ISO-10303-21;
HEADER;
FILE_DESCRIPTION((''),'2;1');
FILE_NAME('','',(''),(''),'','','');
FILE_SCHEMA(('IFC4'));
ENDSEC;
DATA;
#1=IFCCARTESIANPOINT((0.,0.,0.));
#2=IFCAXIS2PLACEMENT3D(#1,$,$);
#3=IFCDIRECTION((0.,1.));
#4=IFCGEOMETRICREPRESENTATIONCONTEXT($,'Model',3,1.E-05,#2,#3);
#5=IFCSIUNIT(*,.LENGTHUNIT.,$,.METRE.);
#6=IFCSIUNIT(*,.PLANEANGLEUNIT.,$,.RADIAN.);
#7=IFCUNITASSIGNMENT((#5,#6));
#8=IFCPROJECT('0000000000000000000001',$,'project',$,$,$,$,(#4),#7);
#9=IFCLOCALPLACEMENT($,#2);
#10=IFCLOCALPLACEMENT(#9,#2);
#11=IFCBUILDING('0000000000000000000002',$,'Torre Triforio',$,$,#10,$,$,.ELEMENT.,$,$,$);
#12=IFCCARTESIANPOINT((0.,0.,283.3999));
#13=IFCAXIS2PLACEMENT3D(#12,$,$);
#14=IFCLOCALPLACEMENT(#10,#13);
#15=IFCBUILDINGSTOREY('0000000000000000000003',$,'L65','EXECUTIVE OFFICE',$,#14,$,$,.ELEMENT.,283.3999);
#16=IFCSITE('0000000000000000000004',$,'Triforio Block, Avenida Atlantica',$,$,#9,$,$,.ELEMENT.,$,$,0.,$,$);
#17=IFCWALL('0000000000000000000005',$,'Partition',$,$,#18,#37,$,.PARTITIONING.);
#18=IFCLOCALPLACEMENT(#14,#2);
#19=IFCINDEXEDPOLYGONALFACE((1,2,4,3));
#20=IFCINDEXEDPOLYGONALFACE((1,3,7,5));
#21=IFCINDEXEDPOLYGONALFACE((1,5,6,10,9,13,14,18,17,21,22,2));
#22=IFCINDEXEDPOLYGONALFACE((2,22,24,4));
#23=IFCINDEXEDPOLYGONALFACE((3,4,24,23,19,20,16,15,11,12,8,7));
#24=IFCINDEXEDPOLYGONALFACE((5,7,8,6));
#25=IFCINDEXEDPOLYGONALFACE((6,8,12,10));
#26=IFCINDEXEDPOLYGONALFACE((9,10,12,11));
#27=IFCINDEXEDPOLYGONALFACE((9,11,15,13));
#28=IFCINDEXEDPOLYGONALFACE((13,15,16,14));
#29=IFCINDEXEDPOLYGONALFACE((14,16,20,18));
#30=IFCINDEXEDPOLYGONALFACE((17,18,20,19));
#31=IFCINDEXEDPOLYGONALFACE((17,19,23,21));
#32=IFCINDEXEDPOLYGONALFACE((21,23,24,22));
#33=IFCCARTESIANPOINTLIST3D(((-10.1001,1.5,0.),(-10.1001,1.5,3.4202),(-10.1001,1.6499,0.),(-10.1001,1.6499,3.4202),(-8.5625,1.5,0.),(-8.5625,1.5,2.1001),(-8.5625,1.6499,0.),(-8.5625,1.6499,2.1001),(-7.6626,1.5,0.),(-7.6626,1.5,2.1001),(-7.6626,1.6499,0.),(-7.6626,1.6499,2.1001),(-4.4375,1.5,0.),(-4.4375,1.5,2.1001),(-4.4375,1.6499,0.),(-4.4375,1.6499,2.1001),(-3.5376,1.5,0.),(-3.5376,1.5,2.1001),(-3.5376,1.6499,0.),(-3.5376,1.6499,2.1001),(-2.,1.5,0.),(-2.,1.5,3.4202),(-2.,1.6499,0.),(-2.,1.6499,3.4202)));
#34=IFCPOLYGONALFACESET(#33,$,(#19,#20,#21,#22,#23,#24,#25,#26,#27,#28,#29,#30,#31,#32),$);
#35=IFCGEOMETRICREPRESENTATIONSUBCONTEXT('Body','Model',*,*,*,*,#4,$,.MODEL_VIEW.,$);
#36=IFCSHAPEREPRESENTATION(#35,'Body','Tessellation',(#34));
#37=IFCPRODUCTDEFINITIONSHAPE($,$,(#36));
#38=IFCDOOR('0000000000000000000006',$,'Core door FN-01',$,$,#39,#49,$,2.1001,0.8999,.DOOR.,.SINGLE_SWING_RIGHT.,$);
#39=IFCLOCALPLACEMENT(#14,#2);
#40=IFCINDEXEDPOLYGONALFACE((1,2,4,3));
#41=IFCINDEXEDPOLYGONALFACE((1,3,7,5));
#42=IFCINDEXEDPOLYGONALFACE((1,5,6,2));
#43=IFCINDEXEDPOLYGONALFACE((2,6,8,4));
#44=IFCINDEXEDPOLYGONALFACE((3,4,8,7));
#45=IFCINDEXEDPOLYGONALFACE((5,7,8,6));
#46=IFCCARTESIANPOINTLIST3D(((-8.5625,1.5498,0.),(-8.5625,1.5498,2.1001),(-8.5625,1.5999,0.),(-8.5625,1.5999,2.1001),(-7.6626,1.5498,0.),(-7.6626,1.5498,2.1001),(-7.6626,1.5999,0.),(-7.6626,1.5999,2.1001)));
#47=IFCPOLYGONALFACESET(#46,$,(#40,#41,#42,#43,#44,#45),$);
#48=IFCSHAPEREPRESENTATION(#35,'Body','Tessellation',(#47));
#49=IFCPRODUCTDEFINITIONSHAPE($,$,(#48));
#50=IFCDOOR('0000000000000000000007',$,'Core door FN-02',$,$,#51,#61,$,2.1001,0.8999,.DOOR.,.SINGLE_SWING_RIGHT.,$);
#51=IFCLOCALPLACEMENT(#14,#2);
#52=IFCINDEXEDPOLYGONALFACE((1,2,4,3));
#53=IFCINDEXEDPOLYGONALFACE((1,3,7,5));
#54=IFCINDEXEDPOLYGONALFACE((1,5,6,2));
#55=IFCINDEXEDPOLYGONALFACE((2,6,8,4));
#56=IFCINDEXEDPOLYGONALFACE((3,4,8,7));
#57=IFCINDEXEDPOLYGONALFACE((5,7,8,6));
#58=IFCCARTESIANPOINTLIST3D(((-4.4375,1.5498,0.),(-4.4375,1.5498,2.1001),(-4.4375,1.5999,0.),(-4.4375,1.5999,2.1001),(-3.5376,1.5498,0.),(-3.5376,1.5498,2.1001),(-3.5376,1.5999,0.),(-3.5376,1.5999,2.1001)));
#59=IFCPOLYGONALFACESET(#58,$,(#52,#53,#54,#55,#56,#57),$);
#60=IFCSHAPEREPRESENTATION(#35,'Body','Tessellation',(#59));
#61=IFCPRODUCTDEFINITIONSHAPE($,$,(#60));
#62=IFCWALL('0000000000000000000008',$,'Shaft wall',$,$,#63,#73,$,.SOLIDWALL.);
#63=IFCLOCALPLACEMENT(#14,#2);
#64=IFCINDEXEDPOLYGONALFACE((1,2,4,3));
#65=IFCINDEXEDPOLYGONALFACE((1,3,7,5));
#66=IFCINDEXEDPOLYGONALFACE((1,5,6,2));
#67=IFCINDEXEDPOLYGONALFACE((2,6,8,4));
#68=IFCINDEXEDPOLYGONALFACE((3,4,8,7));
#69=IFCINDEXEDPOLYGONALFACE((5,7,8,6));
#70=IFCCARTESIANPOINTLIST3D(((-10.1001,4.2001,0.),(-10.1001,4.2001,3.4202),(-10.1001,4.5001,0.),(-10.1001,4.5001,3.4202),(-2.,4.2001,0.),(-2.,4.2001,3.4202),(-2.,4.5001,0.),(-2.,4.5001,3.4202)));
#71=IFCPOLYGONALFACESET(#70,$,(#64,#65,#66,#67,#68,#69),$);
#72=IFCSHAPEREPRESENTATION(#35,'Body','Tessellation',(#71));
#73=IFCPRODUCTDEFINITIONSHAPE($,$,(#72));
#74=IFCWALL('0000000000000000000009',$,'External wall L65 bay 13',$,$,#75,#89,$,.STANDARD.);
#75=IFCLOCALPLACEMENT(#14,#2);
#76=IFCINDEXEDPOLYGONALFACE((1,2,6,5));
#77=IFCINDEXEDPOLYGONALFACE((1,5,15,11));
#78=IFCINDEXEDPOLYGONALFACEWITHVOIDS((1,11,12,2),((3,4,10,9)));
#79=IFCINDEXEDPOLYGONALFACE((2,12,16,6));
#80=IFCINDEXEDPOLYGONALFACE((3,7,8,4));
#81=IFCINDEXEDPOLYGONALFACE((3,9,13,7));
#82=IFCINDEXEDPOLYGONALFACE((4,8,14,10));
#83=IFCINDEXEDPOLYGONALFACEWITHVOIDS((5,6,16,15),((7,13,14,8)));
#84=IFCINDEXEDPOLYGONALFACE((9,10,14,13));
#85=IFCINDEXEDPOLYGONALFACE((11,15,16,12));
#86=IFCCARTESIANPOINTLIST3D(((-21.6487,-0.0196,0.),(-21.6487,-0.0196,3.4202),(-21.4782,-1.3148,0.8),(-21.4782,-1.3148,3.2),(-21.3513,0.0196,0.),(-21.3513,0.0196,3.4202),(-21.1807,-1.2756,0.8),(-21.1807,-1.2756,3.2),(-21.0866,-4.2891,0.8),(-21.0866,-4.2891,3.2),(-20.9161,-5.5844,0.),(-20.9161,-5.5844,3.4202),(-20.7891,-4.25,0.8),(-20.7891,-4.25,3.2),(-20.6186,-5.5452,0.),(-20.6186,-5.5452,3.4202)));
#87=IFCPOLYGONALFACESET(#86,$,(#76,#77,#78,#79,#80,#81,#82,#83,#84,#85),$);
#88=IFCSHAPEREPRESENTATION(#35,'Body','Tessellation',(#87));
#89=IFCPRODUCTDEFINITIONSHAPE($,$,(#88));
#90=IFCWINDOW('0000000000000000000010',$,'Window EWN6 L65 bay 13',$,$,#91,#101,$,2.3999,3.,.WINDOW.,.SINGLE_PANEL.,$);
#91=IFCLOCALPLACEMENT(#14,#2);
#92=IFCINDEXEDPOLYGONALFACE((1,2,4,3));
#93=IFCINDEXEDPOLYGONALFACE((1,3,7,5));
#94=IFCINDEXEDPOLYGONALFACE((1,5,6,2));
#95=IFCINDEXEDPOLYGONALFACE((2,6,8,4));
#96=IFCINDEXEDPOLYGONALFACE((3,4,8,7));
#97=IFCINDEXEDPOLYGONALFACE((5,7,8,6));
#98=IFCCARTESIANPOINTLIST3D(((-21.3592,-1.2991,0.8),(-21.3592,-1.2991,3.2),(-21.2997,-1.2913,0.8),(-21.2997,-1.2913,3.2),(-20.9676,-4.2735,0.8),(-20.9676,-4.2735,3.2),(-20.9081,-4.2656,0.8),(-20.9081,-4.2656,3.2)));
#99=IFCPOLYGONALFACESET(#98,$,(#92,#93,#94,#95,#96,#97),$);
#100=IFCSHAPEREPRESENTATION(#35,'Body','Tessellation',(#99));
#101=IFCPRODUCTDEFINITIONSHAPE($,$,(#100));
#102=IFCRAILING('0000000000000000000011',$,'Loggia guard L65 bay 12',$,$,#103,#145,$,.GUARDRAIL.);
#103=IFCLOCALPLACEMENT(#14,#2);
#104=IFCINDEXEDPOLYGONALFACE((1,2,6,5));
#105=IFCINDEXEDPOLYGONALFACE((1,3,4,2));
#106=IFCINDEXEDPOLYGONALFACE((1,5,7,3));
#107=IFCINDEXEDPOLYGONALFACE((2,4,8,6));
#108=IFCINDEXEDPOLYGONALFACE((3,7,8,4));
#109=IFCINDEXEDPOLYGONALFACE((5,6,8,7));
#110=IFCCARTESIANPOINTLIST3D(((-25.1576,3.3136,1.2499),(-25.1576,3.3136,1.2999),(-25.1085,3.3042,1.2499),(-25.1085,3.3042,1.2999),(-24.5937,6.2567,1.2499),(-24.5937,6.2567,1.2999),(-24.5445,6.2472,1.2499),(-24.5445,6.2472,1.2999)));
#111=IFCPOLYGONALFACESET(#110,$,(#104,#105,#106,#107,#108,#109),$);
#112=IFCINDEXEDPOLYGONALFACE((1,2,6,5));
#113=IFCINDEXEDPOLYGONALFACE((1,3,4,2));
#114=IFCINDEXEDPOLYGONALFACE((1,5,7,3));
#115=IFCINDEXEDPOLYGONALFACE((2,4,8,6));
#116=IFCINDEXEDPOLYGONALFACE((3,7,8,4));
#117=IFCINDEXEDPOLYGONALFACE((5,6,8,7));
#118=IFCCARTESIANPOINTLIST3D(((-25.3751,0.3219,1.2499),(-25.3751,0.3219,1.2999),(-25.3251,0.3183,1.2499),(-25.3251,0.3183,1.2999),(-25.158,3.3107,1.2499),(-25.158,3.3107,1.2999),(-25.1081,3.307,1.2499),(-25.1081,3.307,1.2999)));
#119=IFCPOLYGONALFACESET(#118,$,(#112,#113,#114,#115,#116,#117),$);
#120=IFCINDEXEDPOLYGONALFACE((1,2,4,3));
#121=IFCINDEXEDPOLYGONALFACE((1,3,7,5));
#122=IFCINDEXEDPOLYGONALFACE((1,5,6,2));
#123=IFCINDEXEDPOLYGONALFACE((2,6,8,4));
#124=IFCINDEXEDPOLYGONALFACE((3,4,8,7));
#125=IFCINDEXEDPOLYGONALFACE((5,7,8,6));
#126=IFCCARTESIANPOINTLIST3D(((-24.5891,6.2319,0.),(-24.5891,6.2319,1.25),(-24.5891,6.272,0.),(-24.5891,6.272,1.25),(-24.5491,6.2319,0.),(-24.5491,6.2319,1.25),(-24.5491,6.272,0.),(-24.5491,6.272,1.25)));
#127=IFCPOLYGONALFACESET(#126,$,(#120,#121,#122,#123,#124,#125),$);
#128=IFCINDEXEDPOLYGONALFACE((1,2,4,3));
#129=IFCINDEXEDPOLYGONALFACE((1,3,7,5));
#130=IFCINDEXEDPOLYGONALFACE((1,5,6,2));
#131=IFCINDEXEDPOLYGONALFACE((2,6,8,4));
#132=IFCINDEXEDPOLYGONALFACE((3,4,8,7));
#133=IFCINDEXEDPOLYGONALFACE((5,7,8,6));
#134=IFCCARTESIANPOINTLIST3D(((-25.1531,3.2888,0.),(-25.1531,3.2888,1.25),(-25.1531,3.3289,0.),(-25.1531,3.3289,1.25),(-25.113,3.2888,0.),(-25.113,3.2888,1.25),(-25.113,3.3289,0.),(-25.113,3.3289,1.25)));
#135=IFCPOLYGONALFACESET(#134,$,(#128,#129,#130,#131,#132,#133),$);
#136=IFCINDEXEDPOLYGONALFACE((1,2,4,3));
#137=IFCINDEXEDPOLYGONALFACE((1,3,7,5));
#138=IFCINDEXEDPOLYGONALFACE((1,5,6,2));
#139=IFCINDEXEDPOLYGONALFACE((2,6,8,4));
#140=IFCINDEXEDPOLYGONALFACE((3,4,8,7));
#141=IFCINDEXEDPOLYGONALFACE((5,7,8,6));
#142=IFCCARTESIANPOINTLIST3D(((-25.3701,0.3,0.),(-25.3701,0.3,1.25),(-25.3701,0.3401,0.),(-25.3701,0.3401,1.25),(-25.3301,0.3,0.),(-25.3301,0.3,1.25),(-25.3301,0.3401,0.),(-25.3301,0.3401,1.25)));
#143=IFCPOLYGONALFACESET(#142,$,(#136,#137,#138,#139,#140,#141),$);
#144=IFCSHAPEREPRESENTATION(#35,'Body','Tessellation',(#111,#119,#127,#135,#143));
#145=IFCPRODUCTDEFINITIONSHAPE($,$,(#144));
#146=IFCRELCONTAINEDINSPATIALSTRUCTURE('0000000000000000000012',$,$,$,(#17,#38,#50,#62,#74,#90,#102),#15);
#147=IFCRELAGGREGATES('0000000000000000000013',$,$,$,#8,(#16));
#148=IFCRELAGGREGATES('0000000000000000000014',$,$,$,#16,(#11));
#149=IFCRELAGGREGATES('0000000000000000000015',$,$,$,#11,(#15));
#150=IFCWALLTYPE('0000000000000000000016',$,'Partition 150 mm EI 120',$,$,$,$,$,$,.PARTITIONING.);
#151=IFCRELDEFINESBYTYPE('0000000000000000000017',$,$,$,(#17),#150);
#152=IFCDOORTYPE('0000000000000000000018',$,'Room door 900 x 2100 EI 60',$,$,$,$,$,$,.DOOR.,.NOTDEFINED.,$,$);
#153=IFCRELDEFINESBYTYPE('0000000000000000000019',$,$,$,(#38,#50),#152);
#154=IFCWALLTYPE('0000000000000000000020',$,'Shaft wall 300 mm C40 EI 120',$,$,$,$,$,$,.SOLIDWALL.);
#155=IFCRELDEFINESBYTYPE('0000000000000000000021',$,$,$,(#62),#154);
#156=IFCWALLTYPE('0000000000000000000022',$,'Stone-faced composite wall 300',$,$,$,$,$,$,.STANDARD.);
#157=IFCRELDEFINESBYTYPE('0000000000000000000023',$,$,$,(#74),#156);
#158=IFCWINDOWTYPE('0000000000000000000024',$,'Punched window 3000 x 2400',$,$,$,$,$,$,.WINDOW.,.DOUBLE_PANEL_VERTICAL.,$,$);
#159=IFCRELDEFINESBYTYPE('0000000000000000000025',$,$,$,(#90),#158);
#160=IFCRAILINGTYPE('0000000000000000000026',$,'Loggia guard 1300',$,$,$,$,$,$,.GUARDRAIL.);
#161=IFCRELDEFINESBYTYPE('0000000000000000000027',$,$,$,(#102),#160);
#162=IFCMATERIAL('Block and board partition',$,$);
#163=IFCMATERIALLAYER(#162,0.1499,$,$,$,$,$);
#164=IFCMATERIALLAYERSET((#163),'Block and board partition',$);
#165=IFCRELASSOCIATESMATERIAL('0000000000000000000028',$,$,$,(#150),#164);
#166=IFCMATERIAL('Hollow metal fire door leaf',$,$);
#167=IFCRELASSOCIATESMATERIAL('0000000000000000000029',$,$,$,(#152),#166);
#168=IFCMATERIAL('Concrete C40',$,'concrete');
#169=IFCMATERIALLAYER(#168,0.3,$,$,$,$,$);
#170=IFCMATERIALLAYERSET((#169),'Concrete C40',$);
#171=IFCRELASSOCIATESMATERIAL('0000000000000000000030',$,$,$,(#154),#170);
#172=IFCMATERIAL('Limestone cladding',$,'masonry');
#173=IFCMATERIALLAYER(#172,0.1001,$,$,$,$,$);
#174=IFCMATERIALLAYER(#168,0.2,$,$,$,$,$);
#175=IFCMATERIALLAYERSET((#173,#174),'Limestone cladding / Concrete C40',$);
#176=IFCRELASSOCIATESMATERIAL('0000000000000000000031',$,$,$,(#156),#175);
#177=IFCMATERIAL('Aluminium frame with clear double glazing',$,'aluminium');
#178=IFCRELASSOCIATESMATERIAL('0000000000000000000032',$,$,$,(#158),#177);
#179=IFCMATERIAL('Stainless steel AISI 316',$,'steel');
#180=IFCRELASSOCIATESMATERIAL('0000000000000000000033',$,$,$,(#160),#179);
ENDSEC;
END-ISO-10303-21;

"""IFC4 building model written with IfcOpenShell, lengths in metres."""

from ifc_helpers import new_model, si_unit, direction, frame, frame_2d, origin, origin_2d, place, context, subcontext, project, spatial, rectangle, extrude, material, layer, layer_set, type_object, element, fill, save


model = new_model("IFC4")

# Units and contexts
model_context = context("Model", 3, precision=1e-05, world=origin(), true_north=direction((0.0, 1.0)))
body_context = subcontext(model_context, "Body", "Model", "MODEL_VIEW")
ifc_project = project(units=[si_unit("LENGTHUNIT", "METRE"), si_unit("PLANEANGLEUNIT", "RADIAN")], contexts=[model_context])

# Site, building, storey
site_placement = place(None, origin())
site = spatial("IfcSite", under=ifc_project, at=site_placement, Name="Triforio Block, Avenida Atlantica", CompositionType="ELEMENT", RefElevation=0.0)
building_placement = place(site_placement, origin())
building = spatial("IfcBuilding", under=site, at=building_placement, Name="Torre Triforio", CompositionType="ELEMENT")
storey_placement = place(building_placement, frame((0.0, 0.0, 283.3999)))
storey = spatial("IfcBuildingStorey", under=building, at=storey_placement, Name="L65", Description="EXECUTIVE OFFICE", CompositionType="ELEMENT", Elevation=283.3999)

# Shared definitions
ifc_material_1 = material(Name="Concrete C40", Category="concrete")

# Shared definitions
ifc_material_2 = material(Name="Hollow metal fire door leaf")

# Wall, openings, doors
ifc_material_3 = material(Name="Block and board partition")
ifc_layer_1 = layer(ifc_material_3, 0.1499)
ifc_layer_set_1 = layer_set([ifc_layer_1], Name="Block and board partition")
wall_type_1 = type_object("IfcWallType", Name="Partition 150 mm EI 120", PredefinedType="PARTITIONING", material=ifc_layer_set_1)
wall_1_placement = place(storey_placement, frame((-10.1001, 1.575, 0.0), z_axis=(0.0, 0.0, 1.0), x_axis=(1.0, 0.0, 0.0)))
wall_1 = element("IfcWall", 1, at=wall_1_placement, inside=storey, type_object=wall_type_1, Name="Partition", PredefinedType="PARTITIONING", context=body_context, shape_type="SweptSolid", body=[
    extrude(rectangle(XDim=8.1001, YDim=0.1499, at=frame_2d((4.05, 0.0))), origin(), (0.0, 0.0, 1.0), 3.4202),
])
opening_1_placement = place(wall_1_placement, frame((1.5376, 0.0, 0.0)))
opening_1 = element("IfcOpeningElement", 2, at=opening_1_placement, cuts=wall_1, PredefinedType="OPENING", context=body_context, shape_type="SweptSolid", body=[
    extrude(rectangle(XDim=0.8999, YDim=2.1001, at=frame_2d((0.45, 1.05))), frame((0.0, 0.085, 0.0), z_axis=(0.0, -1.0, 0.0), x_axis=(1.0, 0.0, 0.0)), (0.0, 0.0, 1.0), 0.1699),
])
opening_2_placement = place(wall_1_placement, frame((5.6626, 0.0, 0.0)))
opening_2 = element("IfcOpeningElement", 3, at=opening_2_placement, cuts=wall_1, PredefinedType="OPENING", context=body_context, shape_type="SweptSolid", body=[
    extrude(rectangle(XDim=0.8999, YDim=2.1001, at=frame_2d((0.45, 1.05))), frame((0.0, 0.085, 0.0), z_axis=(0.0, -1.0, 0.0), x_axis=(1.0, 0.0, 0.0)), (0.0, 0.0, 1.0), 0.1699),
])
door_type_1 = type_object("IfcDoorType", Name="Room door 900 x 2100 EI 60", OperationType="NOTDEFINED", PredefinedType="DOOR", material=ifc_material_2)
door_1_placement = place(opening_1_placement, origin())
door_1 = element("IfcDoor", 4, at=door_1_placement, inside=storey, type_object=door_type_1, Name="Core door FN-01", OperationType="SINGLE_SWING_RIGHT", OverallHeight=2.1001, OverallWidth=0.8999, PredefinedType="DOOR", context=body_context, shape_type="SweptSolid", body=[
    extrude(rectangle(XDim=0.8999, YDim=2.1001, at=frame_2d((0.45, 1.05))), frame((0.0, 0.0249, 0.0), z_axis=(0.0, -1.0, 0.0), x_axis=(1.0, 0.0, 0.0)), (0.0, 0.0, 1.0), 0.05),
])
fill(opening_1, door_1)
door_2_placement = place(opening_2_placement, origin())
door_2 = element("IfcDoor", 5, at=door_2_placement, inside=storey, type_object=door_type_1, Name="Core door FN-02", OperationType="SINGLE_SWING_RIGHT", OverallHeight=2.1001, OverallWidth=0.8999, PredefinedType="DOOR", context=body_context, shape_type="SweptSolid", body=[
    extrude(rectangle(XDim=0.8999, YDim=2.1001, at=frame_2d((0.45, 1.05))), frame((0.0, 0.0249, 0.0), z_axis=(0.0, -1.0, 0.0), x_axis=(1.0, 0.0, 0.0)), (0.0, 0.0, 1.0), 0.05),
])
fill(opening_2, door_2)

# Wall
ifc_layer_2 = layer(ifc_material_1, 0.3)
ifc_layer_set_2 = layer_set([ifc_layer_2], Name="Concrete C40")
wall_type_2 = type_object("IfcWallType", Name="Shaft wall 300 mm C40 EI 120", PredefinedType="SOLIDWALL", material=ifc_layer_set_2)
wall_2_placement = place(storey_placement, frame((-10.1001, 4.3501, 0.0), z_axis=(0.0, 0.0, 1.0), x_axis=(1.0, 0.0, 0.0)))
element("IfcWall", 6, at=wall_2_placement, inside=storey, type_object=wall_type_2, Name="Shaft wall", PredefinedType="SOLIDWALL", context=body_context, shape_type="SweptSolid", body=[
    extrude(rectangle(XDim=8.1001, YDim=0.3, at=frame_2d((4.05, 0.0))), origin(), (0.0, 0.0, 1.0), 3.4202),
])

# Shared definitions
ifc_material_4 = material(Name="Limestone cladding", Category="masonry")
ifc_layer_3 = layer(ifc_material_4, 0.1001)
ifc_layer_4 = layer(ifc_material_1, 0.2)
ifc_layer_set_3 = layer_set([ifc_layer_3, ifc_layer_4], Name="Limestone cladding / Concrete C40")
wall_type_3 = type_object("IfcWallType", Name="Stone-faced composite wall 300", PredefinedType="STANDARD", material=ifc_layer_set_3)
ifc_material_5 = material(Name="Aluminium frame with clear double glazing", Category="aluminium")

# Wall, opening, window
wall_3_placement = place(storey_placement, frame((-21.5, 0.0, 0.0), z_axis=(0.0, 0.0, 1.0), x_axis=(0.130537, -0.991443, 0.0)))
wall_3 = element("IfcWall", 7, at=wall_3_placement, inside=storey, type_object=wall_type_3, Name="External wall L65 bay 13", PredefinedType="STANDARD", context=body_context, shape_type="SweptSolid", body=[
    extrude(rectangle(XDim=5.6128, YDim=0.3, at=frame_2d((2.8064, 0.0))), origin(), (0.0, 0.0, 1.0), 3.4202),
])
opening_3_placement = place(wall_3_placement, frame((1.3064, 0.0, 0.8)))
opening_3 = element("IfcOpeningElement", 8, at=opening_3_placement, cuts=wall_3, PredefinedType="OPENING", context=body_context, shape_type="SweptSolid", body=[
    extrude(rectangle(XDim=3.0, YDim=2.3999, at=frame_2d((1.5, 1.2))), frame((0.0, 0.1599, 0.0), z_axis=(0.0, -1.0, 0.0), x_axis=(1.0, 0.0, 0.0)), (0.0, 0.0, 1.0), 0.3201),
])
window_type_1 = type_object("IfcWindowType", Name="Punched window 3000 x 2400", PartitioningType="DOUBLE_PANEL_VERTICAL", PredefinedType="WINDOW", material=ifc_material_5)
window_1_placement = place(opening_3_placement, origin())
window_1 = element("IfcWindow", 9, at=window_1_placement, inside=storey, type_object=window_type_1, Name="Window EWN6 L65 bay 13", OverallHeight=2.3999, OverallWidth=3.0, PartitioningType="SINGLE_PANEL", PredefinedType="WINDOW", context=body_context, shape_type="SweptSolid", body=[
    extrude(rectangle(XDim=3.0, YDim=2.3999, at=frame_2d((1.5, 1.2))), frame((0.0, 0.03, 0.0), z_axis=(0.0, -1.0, 0.0), x_axis=(1.0, 0.0, 0.0)), (0.0, 0.0, 1.0), 0.0601),
])
fill(opening_3, window_1)

# Railing
ifc_material_6 = material(Name="Stainless steel AISI 316", Category="steel")
railing_type = type_object("IfcRailingType", Name="Loggia guard 1300", PredefinedType="GUARDRAIL", material=ifc_material_6)
railing_placement = place(storey_placement, frame((-24.5691, 6.252, 0.0)))
element("IfcRailing", 10, at=railing_placement, inside=storey, type_object=railing_type, Name="Loggia guard L65 bay 12", PredefinedType="GUARDRAIL", context=body_context, shape_type="SweptSolid", body=[
    extrude(rectangle(XDim=0.05, YDim=0.05, at=origin_2d()), frame((0.0, 0.0, 1.2749), z_axis=(-0.188198, -0.982131, 0.0), x_axis=(0.982131, -0.188198, 0.0)), (0.0, 0.0, 1.0), 2.9966),
    extrude(rectangle(XDim=0.05, YDim=0.05, at=origin_2d()), frame((-0.564, -2.9431, 1.2749), z_axis=(-0.072428, -0.997374, 0.0), x_axis=(0.997374, -0.072428, 0.0)), (0.0, 0.0, 1.0), 2.9966),
    extrude(rectangle(XDim=0.04, YDim=0.04, at=origin_2d()), origin(), (0.0, 0.0, 1.0), 1.25),
    extrude(rectangle(XDim=0.04, YDim=0.04, at=origin_2d()), frame((-0.564, -2.9431, 0.0)), (0.0, 0.0, 1.0), 1.25),
    extrude(rectangle(XDim=0.04, YDim=0.04, at=origin_2d()), frame((-0.781, -5.9319, 0.0)), (0.0, 0.0, 1.0), 1.25),
])

save(model, "model.ifc")
